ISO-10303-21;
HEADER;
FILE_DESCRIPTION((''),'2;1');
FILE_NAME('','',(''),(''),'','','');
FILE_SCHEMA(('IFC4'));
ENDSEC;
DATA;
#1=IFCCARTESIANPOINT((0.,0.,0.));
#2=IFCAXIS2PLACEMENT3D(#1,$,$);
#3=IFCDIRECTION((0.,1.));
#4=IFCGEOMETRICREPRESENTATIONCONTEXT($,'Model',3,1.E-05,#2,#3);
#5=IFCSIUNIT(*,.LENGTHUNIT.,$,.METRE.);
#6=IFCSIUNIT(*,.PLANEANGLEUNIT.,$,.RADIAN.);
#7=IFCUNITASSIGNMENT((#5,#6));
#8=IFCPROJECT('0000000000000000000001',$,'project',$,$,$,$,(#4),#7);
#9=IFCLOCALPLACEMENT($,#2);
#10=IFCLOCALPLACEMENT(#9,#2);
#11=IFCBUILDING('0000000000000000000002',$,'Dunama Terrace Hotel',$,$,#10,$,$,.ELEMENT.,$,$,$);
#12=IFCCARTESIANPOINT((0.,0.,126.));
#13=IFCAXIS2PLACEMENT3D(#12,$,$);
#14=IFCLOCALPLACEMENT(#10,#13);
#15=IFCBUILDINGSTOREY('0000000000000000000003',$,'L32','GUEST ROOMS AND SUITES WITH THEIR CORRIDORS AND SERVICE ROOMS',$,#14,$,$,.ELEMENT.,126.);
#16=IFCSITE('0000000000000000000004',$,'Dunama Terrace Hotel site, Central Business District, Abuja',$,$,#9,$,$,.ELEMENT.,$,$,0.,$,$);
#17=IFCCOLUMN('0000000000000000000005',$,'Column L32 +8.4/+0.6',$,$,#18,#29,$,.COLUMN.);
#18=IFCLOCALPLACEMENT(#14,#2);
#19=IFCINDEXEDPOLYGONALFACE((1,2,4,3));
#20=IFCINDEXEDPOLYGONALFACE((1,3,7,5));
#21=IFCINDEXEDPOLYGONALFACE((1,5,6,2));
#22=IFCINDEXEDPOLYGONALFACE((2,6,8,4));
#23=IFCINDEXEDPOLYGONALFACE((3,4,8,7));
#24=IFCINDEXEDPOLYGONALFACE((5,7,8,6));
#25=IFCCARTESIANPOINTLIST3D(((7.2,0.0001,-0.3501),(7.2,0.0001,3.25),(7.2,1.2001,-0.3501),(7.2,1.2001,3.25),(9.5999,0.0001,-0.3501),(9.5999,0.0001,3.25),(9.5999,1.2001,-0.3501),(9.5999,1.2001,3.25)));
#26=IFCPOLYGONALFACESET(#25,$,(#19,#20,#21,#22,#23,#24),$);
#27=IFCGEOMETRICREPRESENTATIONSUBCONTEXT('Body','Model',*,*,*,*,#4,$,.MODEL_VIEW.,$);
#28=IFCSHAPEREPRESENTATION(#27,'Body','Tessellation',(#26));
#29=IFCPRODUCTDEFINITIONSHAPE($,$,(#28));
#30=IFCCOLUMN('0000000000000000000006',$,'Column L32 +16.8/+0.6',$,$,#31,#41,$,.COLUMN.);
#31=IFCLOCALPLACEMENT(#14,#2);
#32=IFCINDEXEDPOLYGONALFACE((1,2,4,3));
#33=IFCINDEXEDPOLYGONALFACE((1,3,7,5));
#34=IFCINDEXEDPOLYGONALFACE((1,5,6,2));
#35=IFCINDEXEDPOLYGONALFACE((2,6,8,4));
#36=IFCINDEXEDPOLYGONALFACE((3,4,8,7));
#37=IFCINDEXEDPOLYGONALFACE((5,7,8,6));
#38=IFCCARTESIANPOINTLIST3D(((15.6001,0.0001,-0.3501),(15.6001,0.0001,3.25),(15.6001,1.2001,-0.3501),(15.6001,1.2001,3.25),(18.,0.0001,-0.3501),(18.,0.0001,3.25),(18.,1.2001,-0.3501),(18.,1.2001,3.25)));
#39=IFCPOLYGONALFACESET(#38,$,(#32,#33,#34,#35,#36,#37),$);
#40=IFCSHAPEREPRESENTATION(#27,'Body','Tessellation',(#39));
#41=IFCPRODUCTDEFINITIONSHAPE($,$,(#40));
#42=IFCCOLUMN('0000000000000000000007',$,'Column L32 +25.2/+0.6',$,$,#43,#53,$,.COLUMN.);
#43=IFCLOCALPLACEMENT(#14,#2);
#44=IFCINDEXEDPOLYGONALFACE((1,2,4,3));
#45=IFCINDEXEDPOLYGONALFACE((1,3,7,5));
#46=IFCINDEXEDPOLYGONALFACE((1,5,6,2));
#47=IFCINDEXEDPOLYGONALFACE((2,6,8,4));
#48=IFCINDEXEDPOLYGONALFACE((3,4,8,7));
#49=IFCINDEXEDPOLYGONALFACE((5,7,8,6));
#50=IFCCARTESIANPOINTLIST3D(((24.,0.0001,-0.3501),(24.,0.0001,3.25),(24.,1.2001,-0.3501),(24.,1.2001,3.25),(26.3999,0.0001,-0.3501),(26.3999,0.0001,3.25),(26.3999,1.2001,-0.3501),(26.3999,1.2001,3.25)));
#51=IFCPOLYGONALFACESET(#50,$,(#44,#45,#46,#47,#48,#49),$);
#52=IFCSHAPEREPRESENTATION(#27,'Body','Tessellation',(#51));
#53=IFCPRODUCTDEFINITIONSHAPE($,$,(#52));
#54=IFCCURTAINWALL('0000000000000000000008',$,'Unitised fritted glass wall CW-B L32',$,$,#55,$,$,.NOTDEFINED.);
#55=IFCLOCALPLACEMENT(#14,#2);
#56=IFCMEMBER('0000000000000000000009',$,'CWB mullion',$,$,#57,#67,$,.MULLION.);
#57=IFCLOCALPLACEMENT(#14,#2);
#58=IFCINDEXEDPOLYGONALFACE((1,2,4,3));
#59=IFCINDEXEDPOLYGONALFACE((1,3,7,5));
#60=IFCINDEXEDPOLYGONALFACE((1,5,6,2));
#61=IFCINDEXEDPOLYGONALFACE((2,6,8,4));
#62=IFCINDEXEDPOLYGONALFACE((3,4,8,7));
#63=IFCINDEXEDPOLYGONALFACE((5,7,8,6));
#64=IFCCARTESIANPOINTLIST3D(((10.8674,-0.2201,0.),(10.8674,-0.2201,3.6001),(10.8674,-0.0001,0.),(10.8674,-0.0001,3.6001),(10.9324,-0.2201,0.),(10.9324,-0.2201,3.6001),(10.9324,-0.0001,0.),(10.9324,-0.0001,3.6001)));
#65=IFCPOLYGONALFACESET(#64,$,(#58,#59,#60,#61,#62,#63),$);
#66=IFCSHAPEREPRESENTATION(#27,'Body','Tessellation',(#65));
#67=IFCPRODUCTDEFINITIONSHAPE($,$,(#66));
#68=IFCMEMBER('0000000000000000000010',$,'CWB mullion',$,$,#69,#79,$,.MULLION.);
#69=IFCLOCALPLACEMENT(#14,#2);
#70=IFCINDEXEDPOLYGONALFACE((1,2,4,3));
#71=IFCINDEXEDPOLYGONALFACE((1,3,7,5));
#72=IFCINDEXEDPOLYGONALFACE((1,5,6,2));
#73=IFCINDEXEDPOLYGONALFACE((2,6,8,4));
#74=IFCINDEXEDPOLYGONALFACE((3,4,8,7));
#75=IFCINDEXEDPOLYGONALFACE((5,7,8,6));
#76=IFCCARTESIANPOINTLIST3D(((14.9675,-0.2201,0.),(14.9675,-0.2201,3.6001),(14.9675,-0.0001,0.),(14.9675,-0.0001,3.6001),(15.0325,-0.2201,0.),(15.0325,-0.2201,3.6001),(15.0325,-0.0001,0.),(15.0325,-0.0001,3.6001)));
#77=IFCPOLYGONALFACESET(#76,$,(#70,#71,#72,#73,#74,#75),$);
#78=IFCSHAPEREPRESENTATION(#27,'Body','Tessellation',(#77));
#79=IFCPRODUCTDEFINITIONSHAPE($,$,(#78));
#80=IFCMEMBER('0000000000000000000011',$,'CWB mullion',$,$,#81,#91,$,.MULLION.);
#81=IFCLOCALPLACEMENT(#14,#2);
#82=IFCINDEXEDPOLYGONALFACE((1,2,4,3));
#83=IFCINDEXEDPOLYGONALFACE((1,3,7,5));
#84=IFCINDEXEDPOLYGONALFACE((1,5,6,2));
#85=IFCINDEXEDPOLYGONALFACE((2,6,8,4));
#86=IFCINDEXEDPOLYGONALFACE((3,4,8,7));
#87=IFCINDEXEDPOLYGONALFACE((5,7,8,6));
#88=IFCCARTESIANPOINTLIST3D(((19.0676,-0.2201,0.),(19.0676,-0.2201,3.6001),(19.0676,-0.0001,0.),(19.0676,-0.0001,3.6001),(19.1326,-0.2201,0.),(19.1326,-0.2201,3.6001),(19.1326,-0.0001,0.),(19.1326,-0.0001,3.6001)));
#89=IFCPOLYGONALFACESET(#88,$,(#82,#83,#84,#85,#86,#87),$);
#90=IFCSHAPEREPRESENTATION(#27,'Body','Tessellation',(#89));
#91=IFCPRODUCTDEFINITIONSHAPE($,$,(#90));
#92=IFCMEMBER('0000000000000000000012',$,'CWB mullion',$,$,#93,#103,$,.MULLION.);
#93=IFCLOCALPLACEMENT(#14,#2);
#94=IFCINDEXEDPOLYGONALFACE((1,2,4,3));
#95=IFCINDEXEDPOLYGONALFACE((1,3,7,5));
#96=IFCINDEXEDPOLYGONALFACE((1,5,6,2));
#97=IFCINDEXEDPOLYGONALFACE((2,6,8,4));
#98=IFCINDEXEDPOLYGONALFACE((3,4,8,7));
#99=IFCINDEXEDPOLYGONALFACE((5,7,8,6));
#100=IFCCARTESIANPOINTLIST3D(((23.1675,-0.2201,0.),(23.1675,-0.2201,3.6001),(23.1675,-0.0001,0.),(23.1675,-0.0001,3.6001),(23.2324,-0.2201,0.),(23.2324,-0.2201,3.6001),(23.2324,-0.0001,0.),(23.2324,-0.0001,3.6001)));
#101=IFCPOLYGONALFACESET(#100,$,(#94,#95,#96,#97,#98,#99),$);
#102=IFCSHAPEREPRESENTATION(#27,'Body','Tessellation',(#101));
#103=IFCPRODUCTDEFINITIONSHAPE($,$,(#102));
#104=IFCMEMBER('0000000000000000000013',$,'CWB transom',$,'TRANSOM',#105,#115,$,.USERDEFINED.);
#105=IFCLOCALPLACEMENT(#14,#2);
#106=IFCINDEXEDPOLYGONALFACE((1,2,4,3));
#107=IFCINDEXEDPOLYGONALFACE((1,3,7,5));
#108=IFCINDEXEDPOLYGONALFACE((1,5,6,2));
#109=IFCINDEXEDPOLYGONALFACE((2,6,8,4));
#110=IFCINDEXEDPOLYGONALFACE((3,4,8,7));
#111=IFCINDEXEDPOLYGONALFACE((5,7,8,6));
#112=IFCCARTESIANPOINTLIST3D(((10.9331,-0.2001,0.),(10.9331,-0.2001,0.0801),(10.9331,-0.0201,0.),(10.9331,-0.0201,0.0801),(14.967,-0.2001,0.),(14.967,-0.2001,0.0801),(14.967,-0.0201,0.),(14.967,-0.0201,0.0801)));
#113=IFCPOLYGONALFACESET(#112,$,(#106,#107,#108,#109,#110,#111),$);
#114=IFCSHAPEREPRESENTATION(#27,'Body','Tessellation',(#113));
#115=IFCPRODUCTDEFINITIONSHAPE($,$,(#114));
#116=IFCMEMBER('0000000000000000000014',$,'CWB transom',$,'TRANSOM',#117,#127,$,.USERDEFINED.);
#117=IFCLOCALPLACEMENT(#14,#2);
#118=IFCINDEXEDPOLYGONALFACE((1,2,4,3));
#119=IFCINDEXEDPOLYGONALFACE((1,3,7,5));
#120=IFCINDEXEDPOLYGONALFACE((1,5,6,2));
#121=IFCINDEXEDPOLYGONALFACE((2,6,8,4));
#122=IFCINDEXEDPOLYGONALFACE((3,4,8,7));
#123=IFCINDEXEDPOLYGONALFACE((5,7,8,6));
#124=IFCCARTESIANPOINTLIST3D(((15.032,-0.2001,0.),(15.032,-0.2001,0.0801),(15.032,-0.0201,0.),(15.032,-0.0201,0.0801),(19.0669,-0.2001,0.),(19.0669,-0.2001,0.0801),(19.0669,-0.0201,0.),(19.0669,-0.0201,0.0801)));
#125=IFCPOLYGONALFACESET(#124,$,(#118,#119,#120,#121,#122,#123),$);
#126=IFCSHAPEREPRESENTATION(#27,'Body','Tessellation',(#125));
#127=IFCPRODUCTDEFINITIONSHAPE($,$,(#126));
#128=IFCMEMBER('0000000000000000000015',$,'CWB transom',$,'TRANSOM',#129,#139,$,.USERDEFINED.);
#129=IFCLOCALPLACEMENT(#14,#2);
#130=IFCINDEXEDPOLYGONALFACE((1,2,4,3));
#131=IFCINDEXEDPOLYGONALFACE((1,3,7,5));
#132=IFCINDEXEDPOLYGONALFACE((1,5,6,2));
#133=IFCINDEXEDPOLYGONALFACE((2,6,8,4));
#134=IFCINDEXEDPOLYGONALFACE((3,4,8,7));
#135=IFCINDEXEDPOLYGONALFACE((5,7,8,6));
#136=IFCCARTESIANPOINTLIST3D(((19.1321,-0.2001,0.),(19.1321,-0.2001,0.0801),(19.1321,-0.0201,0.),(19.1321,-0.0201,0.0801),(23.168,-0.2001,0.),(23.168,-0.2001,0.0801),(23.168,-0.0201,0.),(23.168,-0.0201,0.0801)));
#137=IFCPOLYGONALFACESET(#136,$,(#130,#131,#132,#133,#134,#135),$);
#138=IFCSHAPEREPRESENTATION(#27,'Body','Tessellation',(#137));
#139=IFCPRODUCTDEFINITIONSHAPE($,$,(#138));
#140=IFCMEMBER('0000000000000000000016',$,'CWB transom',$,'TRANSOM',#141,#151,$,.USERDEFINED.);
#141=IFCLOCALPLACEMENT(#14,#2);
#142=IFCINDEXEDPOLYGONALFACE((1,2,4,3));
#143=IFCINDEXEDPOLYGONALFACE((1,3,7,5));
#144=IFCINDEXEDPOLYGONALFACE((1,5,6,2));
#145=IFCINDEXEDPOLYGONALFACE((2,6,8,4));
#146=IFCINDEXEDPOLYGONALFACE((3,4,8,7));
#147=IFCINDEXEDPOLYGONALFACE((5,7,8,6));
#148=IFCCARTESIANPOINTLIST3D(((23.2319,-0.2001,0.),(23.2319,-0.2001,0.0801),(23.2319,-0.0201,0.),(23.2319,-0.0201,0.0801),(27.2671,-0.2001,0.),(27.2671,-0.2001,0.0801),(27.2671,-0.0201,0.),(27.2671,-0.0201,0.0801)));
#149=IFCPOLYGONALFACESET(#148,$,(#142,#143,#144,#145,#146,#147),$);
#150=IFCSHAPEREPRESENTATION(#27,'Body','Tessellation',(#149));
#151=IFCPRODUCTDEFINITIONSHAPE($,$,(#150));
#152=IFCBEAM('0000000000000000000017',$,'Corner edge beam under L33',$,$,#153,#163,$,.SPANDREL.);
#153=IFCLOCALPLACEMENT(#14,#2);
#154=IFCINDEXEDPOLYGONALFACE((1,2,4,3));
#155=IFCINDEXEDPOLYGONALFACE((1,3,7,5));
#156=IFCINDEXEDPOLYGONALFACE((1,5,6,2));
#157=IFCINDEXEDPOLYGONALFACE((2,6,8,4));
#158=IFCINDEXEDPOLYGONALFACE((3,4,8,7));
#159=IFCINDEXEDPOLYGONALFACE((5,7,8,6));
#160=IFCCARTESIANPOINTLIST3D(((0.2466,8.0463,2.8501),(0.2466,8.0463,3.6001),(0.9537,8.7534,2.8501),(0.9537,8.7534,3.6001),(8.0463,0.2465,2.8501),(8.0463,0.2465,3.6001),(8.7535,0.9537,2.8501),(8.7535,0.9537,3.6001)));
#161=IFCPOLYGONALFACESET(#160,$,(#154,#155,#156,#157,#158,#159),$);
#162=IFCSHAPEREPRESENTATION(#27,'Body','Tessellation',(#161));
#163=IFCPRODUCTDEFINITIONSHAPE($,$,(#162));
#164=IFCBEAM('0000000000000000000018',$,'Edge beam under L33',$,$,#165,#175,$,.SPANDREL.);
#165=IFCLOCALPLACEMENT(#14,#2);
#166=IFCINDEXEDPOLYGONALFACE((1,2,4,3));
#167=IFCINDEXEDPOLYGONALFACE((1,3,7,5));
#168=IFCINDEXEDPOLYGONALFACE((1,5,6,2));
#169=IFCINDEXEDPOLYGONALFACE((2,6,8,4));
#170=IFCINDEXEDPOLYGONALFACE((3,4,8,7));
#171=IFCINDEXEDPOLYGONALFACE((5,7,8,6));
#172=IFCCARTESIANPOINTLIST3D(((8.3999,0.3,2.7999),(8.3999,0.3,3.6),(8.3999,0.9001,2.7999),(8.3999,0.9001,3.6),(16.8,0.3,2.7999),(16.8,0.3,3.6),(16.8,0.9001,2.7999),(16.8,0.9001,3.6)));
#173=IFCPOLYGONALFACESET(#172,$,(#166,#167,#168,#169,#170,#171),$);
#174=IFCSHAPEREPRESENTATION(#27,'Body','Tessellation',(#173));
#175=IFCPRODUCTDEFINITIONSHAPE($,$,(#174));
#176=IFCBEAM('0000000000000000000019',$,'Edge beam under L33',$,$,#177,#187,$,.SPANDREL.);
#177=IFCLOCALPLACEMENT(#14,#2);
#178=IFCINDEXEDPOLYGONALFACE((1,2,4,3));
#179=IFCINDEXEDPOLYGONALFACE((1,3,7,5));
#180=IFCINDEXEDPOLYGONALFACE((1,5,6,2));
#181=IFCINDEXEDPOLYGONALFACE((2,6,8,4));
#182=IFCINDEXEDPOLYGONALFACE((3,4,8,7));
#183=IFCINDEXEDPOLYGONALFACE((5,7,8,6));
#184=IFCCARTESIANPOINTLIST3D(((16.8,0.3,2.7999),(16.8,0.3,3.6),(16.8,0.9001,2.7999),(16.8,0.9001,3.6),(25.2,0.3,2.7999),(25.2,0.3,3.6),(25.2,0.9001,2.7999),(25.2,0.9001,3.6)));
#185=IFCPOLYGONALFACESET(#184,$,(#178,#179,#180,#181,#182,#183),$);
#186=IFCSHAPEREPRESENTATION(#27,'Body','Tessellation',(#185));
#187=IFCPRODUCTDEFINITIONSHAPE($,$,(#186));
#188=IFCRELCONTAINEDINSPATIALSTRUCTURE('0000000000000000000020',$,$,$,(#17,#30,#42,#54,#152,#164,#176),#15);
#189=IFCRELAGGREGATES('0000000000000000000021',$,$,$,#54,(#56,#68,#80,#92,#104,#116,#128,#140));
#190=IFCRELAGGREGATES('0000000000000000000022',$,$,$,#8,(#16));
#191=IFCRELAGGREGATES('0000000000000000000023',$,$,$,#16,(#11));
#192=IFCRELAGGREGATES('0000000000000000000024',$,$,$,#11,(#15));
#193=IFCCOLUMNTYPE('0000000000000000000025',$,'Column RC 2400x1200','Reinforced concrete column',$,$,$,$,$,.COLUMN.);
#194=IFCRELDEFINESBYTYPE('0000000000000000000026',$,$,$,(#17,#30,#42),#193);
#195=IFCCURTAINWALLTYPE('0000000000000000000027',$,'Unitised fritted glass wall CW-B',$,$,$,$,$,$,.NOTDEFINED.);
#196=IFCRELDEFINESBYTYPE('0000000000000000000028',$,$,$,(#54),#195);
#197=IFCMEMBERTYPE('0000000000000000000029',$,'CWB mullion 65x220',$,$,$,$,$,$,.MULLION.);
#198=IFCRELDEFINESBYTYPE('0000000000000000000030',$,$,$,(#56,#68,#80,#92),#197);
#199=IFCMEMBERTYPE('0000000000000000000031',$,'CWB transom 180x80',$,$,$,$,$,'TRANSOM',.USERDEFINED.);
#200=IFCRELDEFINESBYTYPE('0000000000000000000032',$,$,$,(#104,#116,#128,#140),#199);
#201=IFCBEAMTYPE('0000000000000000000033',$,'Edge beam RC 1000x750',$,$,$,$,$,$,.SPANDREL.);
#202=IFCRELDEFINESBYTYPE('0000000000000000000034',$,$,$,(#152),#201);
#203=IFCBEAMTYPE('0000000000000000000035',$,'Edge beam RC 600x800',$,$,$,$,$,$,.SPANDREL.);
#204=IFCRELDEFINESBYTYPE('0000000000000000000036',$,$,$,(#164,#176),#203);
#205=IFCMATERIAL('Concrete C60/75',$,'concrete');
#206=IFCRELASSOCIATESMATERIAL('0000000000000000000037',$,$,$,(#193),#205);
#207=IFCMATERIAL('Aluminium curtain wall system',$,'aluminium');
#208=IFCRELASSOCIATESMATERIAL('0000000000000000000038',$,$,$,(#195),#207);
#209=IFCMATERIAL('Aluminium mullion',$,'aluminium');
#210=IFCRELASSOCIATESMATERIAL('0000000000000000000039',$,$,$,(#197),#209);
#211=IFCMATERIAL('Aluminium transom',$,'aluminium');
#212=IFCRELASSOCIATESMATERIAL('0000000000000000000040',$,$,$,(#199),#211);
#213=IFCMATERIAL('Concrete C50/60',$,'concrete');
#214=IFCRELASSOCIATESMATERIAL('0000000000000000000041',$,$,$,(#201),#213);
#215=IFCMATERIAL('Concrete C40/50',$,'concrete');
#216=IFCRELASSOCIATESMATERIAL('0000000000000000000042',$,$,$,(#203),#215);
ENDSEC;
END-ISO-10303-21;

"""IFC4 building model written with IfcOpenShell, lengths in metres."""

from ifc_helpers import new_model, si_unit, direction, frame, origin, origin_2d, place, context, subcontext, project, spatial, rectangle, extrude, material, material_profile, profile_set, type_object, element, aggregate, save


model = new_model("IFC4")

# Units and contexts
model_context = context("Model", 3, precision=1e-05, world=origin(), true_north=direction((0.0, 1.0)))
body_context = subcontext(model_context, "Body", "Model", "MODEL_VIEW")
ifc_project = project(units=[si_unit("LENGTHUNIT", "METRE"), si_unit("PLANEANGLEUNIT", "RADIAN")], contexts=[model_context])

# Site, building, storey
site_placement = place(None, origin())
site = spatial("IfcSite", under=ifc_project, at=site_placement, Name="Dunama Terrace Hotel site, Central Business District, Abuja", CompositionType="ELEMENT", RefElevation=0.0)
building_placement = place(site_placement, origin())
building = spatial("IfcBuilding", under=site, at=building_placement, Name="Dunama Terrace Hotel", CompositionType="ELEMENT")
storey_placement = place(building_placement, frame((0.0, 0.0, 126.0)))
storey = spatial("IfcBuildingStorey", under=building, at=storey_placement, Name="L32", Description="GUEST ROOMS AND SUITES WITH THEIR CORRIDORS AND SERVICE ROOMS", CompositionType="ELEMENT", Elevation=126.0)

# Columns
ifc_material_1 = material(Name="Concrete C60/75", Category="concrete")
ifc_material_profile_1 = material_profile(ifc_material_1, rectangle(XDim=2.3999, YDim=1.2, at=origin_2d()), Name="RC 2400x1200")
ifc_profile_set_1 = profile_set([ifc_material_profile_1], Name="Concrete C60/75")
column_type = type_object("IfcColumnType", Name="Column RC 2400x1200", Description="Reinforced concrete column", PredefinedType="COLUMN", material=ifc_profile_set_1)
for number, where, z_axis, x_axis, name in (
    (1, (8.3999, 0.6001, -0.3501), (0.0, 0.0, 1.0), (1.0, 0.0, 0.0), "Column L32 +8.4/+0.6"),
    (2, (16.8, 0.6001, -0.3501), (0.0, 0.0, 1.0), (1.0, 0.0, 0.0), "Column L32 +16.8/+0.6"),
    (3, (25.2, 0.6001, -0.3501), (0.0, 0.0, 1.0), (1.0, 0.0, 0.0), "Column L32 +25.2/+0.6"),
):
    element("IfcColumn", number, at=place(storey_placement, frame(where, z_axis=z_axis, x_axis=x_axis)), inside=storey, type_object=column_type, Name=name, PredefinedType="COLUMN", context=body_context, shape_type="SweptSolid", body=[
        extrude(rectangle(XDim=2.3999, YDim=1.2, at=origin_2d()), origin(), (0.0, 0.0, 1.0), 3.6001),
    ])

# Curtain wall, members
ifc_material_2 = material(Name="Aluminium curtain wall system", Category="aluminium")
curtain_wall_type = type_object("IfcCurtainWallType", Name="Unitised fritted glass wall CW-B", PredefinedType="NOTDEFINED", material=ifc_material_2)
curtain_wall_placement = place(storey_placement, origin())
curtain_wall = element("IfcCurtainWall", 4, at=curtain_wall_placement, inside=storey, type_object=curtain_wall_type, Name="Unitised fritted glass wall CW-B L32", PredefinedType="NOTDEFINED")
ifc_material_3 = material(Name="Aluminium mullion", Category="aluminium")
ifc_material_profile_2 = material_profile(ifc_material_3, rectangle(XDim=0.0649, YDim=0.22, at=origin_2d()), Name="CWB MULLION 65X220")
ifc_profile_set_2 = profile_set([ifc_material_profile_2], Name="Aluminium mullion")
member_type_1 = type_object("IfcMemberType", Name="CWB mullion 65x220", PredefinedType="MULLION", material=ifc_profile_set_2)
member_1_placement = place(storey_placement, frame((10.8999, -0.1101, 0.0), z_axis=(0.0, 0.0, 1.0), x_axis=(1.0, 0.0, 0.0)))
member_1 = element("IfcMember", 5, at=member_1_placement, type_object=member_type_1, Name="CWB mullion", PredefinedType="MULLION", context=body_context, shape_type="SweptSolid", body=[
    extrude(rectangle(XDim=0.0649, YDim=0.22, at=origin_2d()), origin(), (0.0, 0.0, 1.0), 3.6001),
])
member_2_placement = place(storey_placement, frame((15.0, -0.1101, 0.0), z_axis=(0.0, 0.0, 1.0), x_axis=(1.0, 0.0, 0.0)))
member_2 = element("IfcMember", 6, at=member_2_placement, type_object=member_type_1, Name="CWB mullion", PredefinedType="MULLION", context=body_context, shape_type="SweptSolid", body=[
    extrude(rectangle(XDim=0.0649, YDim=0.22, at=origin_2d()), origin(), (0.0, 0.0, 1.0), 3.6001),
])
member_3_placement = place(storey_placement, frame((19.1001, -0.1101, 0.0), z_axis=(0.0, 0.0, 1.0), x_axis=(1.0, 0.0, 0.0)))
member_3 = element("IfcMember", 7, at=member_3_placement, type_object=member_type_1, Name="CWB mullion", PredefinedType="MULLION", context=body_context, shape_type="SweptSolid", body=[
    extrude(rectangle(XDim=0.0649, YDim=0.22, at=origin_2d()), origin(), (0.0, 0.0, 1.0), 3.6001),
])
member_4_placement = place(storey_placement, frame((23.2, -0.1101, 0.0), z_axis=(0.0, 0.0, 1.0), x_axis=(1.0, 0.0, 0.0)))
member_4 = element("IfcMember", 8, at=member_4_placement, type_object=member_type_1, Name="CWB mullion", PredefinedType="MULLION", context=body_context, shape_type="SweptSolid", body=[
    extrude(rectangle(XDim=0.0649, YDim=0.22, at=origin_2d()), origin(), (0.0, 0.0, 1.0), 3.6001),
])
ifc_material_4 = material(Name="Aluminium transom", Category="aluminium")
ifc_material_profile_3 = material_profile(ifc_material_4, rectangle(XDim=0.1799, YDim=0.0801, at=origin_2d()), Name="CWB TRANSOM 180X80")
ifc_profile_set_3 = profile_set([ifc_material_profile_3], Name="Aluminium transom")
member_type_2 = type_object("IfcMemberType", Name="CWB transom 180x80", ElementType="TRANSOM", PredefinedType="USERDEFINED", material=ifc_profile_set_3)
member_5_placement = place(storey_placement, frame((10.9331, -0.1101, 0.04), z_axis=(1.0, 0.0, 0.0), x_axis=(0.0, 1.0, 0.0)))
member_5 = element("IfcMember", 9, at=member_5_placement, type_object=member_type_2, Name="CWB transom", ObjectType="TRANSOM", PredefinedType="USERDEFINED", context=body_context, shape_type="SweptSolid", body=[
    extrude(rectangle(XDim=0.1799, YDim=0.0801, at=origin_2d()), origin(), (0.0, 0.0, 1.0), 4.0339),
])
member_6_placement = place(storey_placement, frame((15.032, -0.1101, 0.04), z_axis=(1.0, 0.0, 0.0), x_axis=(0.0, 1.0, 0.0)))
member_6 = element("IfcMember", 10, at=member_6_placement, type_object=member_type_2, Name="CWB transom", ObjectType="TRANSOM", PredefinedType="USERDEFINED", context=body_context, shape_type="SweptSolid", body=[
    extrude(rectangle(XDim=0.1799, YDim=0.0801, at=origin_2d()), origin(), (0.0, 0.0, 1.0), 4.0349),
])
member_7_placement = place(storey_placement, frame((19.1321, -0.1101, 0.04), z_axis=(1.0, 0.0, 0.0), x_axis=(0.0, 1.0, 0.0)))
member_7 = element("IfcMember", 11, at=member_7_placement, type_object=member_type_2, Name="CWB transom", ObjectType="TRANSOM", PredefinedType="USERDEFINED", context=body_context, shape_type="SweptSolid", body=[
    extrude(rectangle(XDim=0.1799, YDim=0.0801, at=origin_2d()), origin(), (0.0, 0.0, 1.0), 4.0359),
])
member_8_placement = place(storey_placement, frame((23.2319, -0.1101, 0.04), z_axis=(1.0, 0.0, 0.0), x_axis=(0.0, 1.0, 0.0)))
member_8 = element("IfcMember", 12, at=member_8_placement, type_object=member_type_2, Name="CWB transom", ObjectType="TRANSOM", PredefinedType="USERDEFINED", context=body_context, shape_type="SweptSolid", body=[
    extrude(rectangle(XDim=0.1799, YDim=0.0801, at=origin_2d()), origin(), (0.0, 0.0, 1.0), 4.0352),
])

# Beams
ifc_material_5 = material(Name="Concrete C50/60", Category="concrete")
ifc_material_profile_4 = material_profile(ifc_material_5, rectangle(XDim=1.0, YDim=0.75, at=origin_2d()), Name="RC 1000x750")
ifc_profile_set_4 = profile_set([ifc_material_profile_4], Name="Concrete C50/60")
beam_type_1 = type_object("IfcBeamType", Name="Edge beam RC 1000x750", PredefinedType="SPANDREL", material=ifc_profile_set_4)
beam_1_placement = place(storey_placement, frame((8.3999, 0.6001, 3.2251), z_axis=(-0.707107, 0.707107, 0.0), x_axis=(-0.707107, -0.707107, 0.0)))
element("IfcBeam", 13, at=beam_1_placement, inside=storey, type_object=beam_type_1, Name="Corner edge beam under L33", PredefinedType="SPANDREL", context=body_context, shape_type="SweptSolid", body=[
    extrude(rectangle(XDim=1.0, YDim=0.75, at=origin_2d()), origin(), (0.0, 0.0, 1.0), 11.0305),
])
ifc_material_6 = material(Name="Concrete C40/50", Category="concrete")
ifc_material_profile_5 = material_profile(ifc_material_6, rectangle(XDim=0.6001, YDim=0.8, at=origin_2d()), Name="RC 600x800")
ifc_profile_set_5 = profile_set([ifc_material_profile_5], Name="Concrete C40/50")
beam_type_2 = type_object("IfcBeamType", Name="Edge beam RC 600x800", PredefinedType="SPANDREL", material=ifc_profile_set_5)
beam_2_placement = place(storey_placement, frame((8.3999, 0.6001, 3.2), z_axis=(1.0, 0.0, 0.0), x_axis=(0.0, 1.0, 0.0)))
element("IfcBeam", 14, at=beam_2_placement, inside=storey, type_object=beam_type_2, Name="Edge beam under L33", PredefinedType="SPANDREL", context=body_context, shape_type="SweptSolid", body=[
    extrude(rectangle(XDim=0.6001, YDim=0.8, at=origin_2d()), origin(), (0.0, 0.0, 1.0), 8.4001),
])
beam_3_placement = place(storey_placement, frame((16.8, 0.6001, 3.2), z_axis=(1.0, 0.0, 0.0), x_axis=(0.0, 1.0, 0.0)))
element("IfcBeam", 15, at=beam_3_placement, inside=storey, type_object=beam_type_2, Name="Edge beam under L33", PredefinedType="SPANDREL", context=body_context, shape_type="SweptSolid", body=[
    extrude(rectangle(XDim=0.6001, YDim=0.8, at=origin_2d()), origin(), (0.0, 0.0, 1.0), 8.3999),
])

aggregate(curtain_wall, [member_1, member_2, member_3, member_4, member_5, member_6, member_7, member_8])

save(model, "model.ifc")
